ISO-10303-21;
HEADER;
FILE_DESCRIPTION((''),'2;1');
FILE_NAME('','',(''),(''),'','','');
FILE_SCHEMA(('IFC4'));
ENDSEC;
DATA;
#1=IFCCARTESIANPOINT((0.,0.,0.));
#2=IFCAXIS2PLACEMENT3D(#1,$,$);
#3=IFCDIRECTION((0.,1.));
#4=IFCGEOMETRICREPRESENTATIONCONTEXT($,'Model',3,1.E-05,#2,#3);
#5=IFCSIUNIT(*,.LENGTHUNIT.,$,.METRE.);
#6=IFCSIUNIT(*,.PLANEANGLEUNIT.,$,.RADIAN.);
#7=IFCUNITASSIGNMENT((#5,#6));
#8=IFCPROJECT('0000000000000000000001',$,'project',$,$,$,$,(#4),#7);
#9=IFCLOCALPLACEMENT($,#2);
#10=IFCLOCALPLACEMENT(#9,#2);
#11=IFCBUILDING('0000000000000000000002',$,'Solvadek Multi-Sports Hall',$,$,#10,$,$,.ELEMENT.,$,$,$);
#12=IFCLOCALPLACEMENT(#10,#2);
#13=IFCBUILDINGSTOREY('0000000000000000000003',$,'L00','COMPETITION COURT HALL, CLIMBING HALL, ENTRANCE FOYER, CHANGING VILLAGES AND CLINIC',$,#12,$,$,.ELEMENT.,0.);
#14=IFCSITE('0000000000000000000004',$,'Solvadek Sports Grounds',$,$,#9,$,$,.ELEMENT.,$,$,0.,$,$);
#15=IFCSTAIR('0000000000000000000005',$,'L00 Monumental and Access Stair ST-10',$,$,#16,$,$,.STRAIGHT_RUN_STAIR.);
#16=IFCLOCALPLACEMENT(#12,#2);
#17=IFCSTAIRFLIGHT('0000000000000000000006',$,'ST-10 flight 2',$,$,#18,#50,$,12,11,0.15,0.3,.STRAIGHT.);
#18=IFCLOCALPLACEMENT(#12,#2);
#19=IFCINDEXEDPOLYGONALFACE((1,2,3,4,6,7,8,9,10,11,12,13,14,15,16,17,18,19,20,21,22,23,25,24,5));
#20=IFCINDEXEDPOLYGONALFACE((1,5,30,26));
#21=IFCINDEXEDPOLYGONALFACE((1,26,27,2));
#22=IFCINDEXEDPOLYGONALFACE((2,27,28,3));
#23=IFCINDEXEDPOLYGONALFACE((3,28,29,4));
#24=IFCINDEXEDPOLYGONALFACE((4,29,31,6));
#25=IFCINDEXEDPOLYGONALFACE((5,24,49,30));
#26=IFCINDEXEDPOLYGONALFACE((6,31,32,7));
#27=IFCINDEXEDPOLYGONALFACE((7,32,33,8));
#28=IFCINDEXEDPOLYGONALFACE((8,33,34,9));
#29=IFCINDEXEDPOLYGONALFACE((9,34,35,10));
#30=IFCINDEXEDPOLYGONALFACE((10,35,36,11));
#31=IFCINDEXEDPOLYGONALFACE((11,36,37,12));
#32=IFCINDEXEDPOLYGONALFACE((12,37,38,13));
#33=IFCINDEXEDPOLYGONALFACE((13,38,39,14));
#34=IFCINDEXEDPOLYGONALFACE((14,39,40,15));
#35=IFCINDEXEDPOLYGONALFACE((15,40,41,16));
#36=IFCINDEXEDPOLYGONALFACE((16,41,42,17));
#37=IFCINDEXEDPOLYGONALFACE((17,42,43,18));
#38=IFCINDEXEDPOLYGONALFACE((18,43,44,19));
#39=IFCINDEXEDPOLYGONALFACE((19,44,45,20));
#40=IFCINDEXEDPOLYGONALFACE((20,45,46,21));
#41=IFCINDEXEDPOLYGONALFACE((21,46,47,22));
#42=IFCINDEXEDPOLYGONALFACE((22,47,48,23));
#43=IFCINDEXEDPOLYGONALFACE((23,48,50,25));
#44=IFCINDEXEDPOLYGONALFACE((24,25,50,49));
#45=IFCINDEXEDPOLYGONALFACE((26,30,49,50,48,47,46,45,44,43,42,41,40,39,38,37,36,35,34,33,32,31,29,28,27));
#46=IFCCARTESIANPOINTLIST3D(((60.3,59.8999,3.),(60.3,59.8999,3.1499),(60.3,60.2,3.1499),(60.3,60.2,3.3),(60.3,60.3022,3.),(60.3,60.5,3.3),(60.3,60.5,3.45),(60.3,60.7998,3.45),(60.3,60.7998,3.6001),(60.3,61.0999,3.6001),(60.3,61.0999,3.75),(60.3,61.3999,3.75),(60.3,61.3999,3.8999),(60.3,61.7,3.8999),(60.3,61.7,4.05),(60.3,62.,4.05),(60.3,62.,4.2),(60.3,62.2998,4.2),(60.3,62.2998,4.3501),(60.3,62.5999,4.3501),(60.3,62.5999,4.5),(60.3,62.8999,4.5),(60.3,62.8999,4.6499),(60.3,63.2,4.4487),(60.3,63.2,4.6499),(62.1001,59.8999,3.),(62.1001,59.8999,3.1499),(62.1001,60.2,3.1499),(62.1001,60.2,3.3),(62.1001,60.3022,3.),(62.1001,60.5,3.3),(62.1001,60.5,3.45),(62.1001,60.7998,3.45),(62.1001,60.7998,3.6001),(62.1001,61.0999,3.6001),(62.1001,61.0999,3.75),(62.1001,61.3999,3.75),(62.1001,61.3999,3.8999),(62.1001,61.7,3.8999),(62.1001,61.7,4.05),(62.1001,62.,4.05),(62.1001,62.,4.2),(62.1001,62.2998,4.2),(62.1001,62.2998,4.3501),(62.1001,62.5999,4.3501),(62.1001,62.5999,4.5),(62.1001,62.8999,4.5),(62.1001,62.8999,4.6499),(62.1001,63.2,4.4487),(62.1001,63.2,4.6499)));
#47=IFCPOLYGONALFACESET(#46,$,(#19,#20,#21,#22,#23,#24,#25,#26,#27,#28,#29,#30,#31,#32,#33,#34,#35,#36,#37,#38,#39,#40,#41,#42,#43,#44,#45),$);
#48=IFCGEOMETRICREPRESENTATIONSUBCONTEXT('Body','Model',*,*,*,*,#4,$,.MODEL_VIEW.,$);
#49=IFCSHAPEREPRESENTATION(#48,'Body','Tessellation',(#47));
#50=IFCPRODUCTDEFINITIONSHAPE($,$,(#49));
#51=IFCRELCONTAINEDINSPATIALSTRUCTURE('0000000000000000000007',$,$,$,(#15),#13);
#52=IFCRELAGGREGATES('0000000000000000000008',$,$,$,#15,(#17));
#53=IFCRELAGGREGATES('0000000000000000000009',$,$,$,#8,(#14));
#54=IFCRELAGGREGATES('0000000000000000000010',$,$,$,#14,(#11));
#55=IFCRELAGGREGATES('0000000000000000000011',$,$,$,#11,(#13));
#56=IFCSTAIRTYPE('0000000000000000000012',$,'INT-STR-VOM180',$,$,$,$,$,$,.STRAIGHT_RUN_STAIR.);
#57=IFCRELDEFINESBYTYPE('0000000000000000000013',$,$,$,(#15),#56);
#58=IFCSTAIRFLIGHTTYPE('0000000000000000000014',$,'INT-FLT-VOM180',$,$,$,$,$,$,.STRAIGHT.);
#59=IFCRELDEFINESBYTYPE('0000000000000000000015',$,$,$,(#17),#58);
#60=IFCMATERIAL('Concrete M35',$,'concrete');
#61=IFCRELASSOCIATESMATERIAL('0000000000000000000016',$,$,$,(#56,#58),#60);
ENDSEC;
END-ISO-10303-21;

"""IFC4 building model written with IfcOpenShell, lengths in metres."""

from ifc_helpers import new_model, si_unit, direction, frame, origin, place, context, subcontext, project, spatial, polyline, outline, extrude, material, type_object, element, aggregate, save


model = new_model("IFC4")

# Units and contexts
model_context = context("Model", 3, precision=1e-05, world=origin(), true_north=direction((0.0, 1.0)))
body_context = subcontext(model_context, "Body", "Model", "MODEL_VIEW")
ifc_project = project(units=[si_unit("LENGTHUNIT", "METRE"), si_unit("PLANEANGLEUNIT", "RADIAN")], contexts=[model_context])

# Site, building, storey
site_placement = place(None, origin())
site = spatial("IfcSite", under=ifc_project, at=site_placement, Name="Solvadek Sports Grounds", CompositionType="ELEMENT", RefElevation=0.0)
building_placement = place(site_placement, origin())
building = spatial("IfcBuilding", under=site, at=building_placement, Name="Solvadek Multi-Sports Hall", CompositionType="ELEMENT")
storey_placement = place(building_placement, origin())
storey = spatial("IfcBuildingStorey", under=building, at=storey_placement, Name="L00", Description="COMPETITION COURT HALL, CLIMBING HALL, ENTRANCE FOYER, CHANGING VILLAGES AND CLINIC", CompositionType="ELEMENT", Elevation=0.0)

# Stair, stair flight
ifc_material_1 = material(Name="Concrete M35", Category="concrete")
stair_type = type_object("IfcStairType", Name="INT-STR-VOM180", PredefinedType="STRAIGHT_RUN_STAIR", material=ifc_material_1)
stair_placement = place(storey_placement, origin())
stair = element("IfcStair", 1, at=stair_placement, inside=storey, type_object=stair_type, Name="L00 Monumental and Access Stair ST-10", PredefinedType="STRAIGHT_RUN_STAIR")
stair_flight_type = type_object("IfcStairFlightType", Name="INT-FLT-VOM180", PredefinedType="STRAIGHT", material=ifc_material_1)
stair_flight_placement = place(storey_placement, frame((61.2, 59.8999, 3.0), z_axis=(0.0, 0.0, 1.0), x_axis=(0.0, 1.0, 0.0)))
stair_flight = element("IfcStairFlight", 2, at=stair_flight_placement, type_object=stair_flight_type, Name="ST-10 flight 2", NumberOfRisers=12, NumberOfTreads=11, PredefinedType="STRAIGHT", RiserHeight=0.15, TreadLength=0.3, context=body_context, shape_type="SweptSolid", body=[
    extrude(outline(polyline([(0.0, 0.0), (0.0, 0.1499), (0.3, 0.1499), (0.3, 0.3), (0.6001, 0.3), (0.6001, 0.45), (0.8999, 0.45), (0.8999, 0.6001), (1.2, 0.6001), (1.2, 0.75), (1.5, 0.75), (1.5, 0.8999), (1.8, 0.8999), (1.8, 1.05), (2.1001, 1.05), (2.1001, 1.2), (2.3999, 1.2), (2.3999, 1.3501), (2.7, 1.3501), (2.7, 1.5), (3.0, 1.5), (3.0, 1.6499), (3.3, 1.6499), (3.3, 1.8), (3.3, 1.4487), (0.4023, 0.0), (0.0, 0.0)])), frame((0.0, 0.8999, 0.0), z_axis=(0.0, -1.0, 0.0), x_axis=(1.0, 0.0, 0.0)), (0.0, 0.0, 1.0), 1.8),
])
aggregate(stair, [stair_flight])

save(model, "model.ifc")
